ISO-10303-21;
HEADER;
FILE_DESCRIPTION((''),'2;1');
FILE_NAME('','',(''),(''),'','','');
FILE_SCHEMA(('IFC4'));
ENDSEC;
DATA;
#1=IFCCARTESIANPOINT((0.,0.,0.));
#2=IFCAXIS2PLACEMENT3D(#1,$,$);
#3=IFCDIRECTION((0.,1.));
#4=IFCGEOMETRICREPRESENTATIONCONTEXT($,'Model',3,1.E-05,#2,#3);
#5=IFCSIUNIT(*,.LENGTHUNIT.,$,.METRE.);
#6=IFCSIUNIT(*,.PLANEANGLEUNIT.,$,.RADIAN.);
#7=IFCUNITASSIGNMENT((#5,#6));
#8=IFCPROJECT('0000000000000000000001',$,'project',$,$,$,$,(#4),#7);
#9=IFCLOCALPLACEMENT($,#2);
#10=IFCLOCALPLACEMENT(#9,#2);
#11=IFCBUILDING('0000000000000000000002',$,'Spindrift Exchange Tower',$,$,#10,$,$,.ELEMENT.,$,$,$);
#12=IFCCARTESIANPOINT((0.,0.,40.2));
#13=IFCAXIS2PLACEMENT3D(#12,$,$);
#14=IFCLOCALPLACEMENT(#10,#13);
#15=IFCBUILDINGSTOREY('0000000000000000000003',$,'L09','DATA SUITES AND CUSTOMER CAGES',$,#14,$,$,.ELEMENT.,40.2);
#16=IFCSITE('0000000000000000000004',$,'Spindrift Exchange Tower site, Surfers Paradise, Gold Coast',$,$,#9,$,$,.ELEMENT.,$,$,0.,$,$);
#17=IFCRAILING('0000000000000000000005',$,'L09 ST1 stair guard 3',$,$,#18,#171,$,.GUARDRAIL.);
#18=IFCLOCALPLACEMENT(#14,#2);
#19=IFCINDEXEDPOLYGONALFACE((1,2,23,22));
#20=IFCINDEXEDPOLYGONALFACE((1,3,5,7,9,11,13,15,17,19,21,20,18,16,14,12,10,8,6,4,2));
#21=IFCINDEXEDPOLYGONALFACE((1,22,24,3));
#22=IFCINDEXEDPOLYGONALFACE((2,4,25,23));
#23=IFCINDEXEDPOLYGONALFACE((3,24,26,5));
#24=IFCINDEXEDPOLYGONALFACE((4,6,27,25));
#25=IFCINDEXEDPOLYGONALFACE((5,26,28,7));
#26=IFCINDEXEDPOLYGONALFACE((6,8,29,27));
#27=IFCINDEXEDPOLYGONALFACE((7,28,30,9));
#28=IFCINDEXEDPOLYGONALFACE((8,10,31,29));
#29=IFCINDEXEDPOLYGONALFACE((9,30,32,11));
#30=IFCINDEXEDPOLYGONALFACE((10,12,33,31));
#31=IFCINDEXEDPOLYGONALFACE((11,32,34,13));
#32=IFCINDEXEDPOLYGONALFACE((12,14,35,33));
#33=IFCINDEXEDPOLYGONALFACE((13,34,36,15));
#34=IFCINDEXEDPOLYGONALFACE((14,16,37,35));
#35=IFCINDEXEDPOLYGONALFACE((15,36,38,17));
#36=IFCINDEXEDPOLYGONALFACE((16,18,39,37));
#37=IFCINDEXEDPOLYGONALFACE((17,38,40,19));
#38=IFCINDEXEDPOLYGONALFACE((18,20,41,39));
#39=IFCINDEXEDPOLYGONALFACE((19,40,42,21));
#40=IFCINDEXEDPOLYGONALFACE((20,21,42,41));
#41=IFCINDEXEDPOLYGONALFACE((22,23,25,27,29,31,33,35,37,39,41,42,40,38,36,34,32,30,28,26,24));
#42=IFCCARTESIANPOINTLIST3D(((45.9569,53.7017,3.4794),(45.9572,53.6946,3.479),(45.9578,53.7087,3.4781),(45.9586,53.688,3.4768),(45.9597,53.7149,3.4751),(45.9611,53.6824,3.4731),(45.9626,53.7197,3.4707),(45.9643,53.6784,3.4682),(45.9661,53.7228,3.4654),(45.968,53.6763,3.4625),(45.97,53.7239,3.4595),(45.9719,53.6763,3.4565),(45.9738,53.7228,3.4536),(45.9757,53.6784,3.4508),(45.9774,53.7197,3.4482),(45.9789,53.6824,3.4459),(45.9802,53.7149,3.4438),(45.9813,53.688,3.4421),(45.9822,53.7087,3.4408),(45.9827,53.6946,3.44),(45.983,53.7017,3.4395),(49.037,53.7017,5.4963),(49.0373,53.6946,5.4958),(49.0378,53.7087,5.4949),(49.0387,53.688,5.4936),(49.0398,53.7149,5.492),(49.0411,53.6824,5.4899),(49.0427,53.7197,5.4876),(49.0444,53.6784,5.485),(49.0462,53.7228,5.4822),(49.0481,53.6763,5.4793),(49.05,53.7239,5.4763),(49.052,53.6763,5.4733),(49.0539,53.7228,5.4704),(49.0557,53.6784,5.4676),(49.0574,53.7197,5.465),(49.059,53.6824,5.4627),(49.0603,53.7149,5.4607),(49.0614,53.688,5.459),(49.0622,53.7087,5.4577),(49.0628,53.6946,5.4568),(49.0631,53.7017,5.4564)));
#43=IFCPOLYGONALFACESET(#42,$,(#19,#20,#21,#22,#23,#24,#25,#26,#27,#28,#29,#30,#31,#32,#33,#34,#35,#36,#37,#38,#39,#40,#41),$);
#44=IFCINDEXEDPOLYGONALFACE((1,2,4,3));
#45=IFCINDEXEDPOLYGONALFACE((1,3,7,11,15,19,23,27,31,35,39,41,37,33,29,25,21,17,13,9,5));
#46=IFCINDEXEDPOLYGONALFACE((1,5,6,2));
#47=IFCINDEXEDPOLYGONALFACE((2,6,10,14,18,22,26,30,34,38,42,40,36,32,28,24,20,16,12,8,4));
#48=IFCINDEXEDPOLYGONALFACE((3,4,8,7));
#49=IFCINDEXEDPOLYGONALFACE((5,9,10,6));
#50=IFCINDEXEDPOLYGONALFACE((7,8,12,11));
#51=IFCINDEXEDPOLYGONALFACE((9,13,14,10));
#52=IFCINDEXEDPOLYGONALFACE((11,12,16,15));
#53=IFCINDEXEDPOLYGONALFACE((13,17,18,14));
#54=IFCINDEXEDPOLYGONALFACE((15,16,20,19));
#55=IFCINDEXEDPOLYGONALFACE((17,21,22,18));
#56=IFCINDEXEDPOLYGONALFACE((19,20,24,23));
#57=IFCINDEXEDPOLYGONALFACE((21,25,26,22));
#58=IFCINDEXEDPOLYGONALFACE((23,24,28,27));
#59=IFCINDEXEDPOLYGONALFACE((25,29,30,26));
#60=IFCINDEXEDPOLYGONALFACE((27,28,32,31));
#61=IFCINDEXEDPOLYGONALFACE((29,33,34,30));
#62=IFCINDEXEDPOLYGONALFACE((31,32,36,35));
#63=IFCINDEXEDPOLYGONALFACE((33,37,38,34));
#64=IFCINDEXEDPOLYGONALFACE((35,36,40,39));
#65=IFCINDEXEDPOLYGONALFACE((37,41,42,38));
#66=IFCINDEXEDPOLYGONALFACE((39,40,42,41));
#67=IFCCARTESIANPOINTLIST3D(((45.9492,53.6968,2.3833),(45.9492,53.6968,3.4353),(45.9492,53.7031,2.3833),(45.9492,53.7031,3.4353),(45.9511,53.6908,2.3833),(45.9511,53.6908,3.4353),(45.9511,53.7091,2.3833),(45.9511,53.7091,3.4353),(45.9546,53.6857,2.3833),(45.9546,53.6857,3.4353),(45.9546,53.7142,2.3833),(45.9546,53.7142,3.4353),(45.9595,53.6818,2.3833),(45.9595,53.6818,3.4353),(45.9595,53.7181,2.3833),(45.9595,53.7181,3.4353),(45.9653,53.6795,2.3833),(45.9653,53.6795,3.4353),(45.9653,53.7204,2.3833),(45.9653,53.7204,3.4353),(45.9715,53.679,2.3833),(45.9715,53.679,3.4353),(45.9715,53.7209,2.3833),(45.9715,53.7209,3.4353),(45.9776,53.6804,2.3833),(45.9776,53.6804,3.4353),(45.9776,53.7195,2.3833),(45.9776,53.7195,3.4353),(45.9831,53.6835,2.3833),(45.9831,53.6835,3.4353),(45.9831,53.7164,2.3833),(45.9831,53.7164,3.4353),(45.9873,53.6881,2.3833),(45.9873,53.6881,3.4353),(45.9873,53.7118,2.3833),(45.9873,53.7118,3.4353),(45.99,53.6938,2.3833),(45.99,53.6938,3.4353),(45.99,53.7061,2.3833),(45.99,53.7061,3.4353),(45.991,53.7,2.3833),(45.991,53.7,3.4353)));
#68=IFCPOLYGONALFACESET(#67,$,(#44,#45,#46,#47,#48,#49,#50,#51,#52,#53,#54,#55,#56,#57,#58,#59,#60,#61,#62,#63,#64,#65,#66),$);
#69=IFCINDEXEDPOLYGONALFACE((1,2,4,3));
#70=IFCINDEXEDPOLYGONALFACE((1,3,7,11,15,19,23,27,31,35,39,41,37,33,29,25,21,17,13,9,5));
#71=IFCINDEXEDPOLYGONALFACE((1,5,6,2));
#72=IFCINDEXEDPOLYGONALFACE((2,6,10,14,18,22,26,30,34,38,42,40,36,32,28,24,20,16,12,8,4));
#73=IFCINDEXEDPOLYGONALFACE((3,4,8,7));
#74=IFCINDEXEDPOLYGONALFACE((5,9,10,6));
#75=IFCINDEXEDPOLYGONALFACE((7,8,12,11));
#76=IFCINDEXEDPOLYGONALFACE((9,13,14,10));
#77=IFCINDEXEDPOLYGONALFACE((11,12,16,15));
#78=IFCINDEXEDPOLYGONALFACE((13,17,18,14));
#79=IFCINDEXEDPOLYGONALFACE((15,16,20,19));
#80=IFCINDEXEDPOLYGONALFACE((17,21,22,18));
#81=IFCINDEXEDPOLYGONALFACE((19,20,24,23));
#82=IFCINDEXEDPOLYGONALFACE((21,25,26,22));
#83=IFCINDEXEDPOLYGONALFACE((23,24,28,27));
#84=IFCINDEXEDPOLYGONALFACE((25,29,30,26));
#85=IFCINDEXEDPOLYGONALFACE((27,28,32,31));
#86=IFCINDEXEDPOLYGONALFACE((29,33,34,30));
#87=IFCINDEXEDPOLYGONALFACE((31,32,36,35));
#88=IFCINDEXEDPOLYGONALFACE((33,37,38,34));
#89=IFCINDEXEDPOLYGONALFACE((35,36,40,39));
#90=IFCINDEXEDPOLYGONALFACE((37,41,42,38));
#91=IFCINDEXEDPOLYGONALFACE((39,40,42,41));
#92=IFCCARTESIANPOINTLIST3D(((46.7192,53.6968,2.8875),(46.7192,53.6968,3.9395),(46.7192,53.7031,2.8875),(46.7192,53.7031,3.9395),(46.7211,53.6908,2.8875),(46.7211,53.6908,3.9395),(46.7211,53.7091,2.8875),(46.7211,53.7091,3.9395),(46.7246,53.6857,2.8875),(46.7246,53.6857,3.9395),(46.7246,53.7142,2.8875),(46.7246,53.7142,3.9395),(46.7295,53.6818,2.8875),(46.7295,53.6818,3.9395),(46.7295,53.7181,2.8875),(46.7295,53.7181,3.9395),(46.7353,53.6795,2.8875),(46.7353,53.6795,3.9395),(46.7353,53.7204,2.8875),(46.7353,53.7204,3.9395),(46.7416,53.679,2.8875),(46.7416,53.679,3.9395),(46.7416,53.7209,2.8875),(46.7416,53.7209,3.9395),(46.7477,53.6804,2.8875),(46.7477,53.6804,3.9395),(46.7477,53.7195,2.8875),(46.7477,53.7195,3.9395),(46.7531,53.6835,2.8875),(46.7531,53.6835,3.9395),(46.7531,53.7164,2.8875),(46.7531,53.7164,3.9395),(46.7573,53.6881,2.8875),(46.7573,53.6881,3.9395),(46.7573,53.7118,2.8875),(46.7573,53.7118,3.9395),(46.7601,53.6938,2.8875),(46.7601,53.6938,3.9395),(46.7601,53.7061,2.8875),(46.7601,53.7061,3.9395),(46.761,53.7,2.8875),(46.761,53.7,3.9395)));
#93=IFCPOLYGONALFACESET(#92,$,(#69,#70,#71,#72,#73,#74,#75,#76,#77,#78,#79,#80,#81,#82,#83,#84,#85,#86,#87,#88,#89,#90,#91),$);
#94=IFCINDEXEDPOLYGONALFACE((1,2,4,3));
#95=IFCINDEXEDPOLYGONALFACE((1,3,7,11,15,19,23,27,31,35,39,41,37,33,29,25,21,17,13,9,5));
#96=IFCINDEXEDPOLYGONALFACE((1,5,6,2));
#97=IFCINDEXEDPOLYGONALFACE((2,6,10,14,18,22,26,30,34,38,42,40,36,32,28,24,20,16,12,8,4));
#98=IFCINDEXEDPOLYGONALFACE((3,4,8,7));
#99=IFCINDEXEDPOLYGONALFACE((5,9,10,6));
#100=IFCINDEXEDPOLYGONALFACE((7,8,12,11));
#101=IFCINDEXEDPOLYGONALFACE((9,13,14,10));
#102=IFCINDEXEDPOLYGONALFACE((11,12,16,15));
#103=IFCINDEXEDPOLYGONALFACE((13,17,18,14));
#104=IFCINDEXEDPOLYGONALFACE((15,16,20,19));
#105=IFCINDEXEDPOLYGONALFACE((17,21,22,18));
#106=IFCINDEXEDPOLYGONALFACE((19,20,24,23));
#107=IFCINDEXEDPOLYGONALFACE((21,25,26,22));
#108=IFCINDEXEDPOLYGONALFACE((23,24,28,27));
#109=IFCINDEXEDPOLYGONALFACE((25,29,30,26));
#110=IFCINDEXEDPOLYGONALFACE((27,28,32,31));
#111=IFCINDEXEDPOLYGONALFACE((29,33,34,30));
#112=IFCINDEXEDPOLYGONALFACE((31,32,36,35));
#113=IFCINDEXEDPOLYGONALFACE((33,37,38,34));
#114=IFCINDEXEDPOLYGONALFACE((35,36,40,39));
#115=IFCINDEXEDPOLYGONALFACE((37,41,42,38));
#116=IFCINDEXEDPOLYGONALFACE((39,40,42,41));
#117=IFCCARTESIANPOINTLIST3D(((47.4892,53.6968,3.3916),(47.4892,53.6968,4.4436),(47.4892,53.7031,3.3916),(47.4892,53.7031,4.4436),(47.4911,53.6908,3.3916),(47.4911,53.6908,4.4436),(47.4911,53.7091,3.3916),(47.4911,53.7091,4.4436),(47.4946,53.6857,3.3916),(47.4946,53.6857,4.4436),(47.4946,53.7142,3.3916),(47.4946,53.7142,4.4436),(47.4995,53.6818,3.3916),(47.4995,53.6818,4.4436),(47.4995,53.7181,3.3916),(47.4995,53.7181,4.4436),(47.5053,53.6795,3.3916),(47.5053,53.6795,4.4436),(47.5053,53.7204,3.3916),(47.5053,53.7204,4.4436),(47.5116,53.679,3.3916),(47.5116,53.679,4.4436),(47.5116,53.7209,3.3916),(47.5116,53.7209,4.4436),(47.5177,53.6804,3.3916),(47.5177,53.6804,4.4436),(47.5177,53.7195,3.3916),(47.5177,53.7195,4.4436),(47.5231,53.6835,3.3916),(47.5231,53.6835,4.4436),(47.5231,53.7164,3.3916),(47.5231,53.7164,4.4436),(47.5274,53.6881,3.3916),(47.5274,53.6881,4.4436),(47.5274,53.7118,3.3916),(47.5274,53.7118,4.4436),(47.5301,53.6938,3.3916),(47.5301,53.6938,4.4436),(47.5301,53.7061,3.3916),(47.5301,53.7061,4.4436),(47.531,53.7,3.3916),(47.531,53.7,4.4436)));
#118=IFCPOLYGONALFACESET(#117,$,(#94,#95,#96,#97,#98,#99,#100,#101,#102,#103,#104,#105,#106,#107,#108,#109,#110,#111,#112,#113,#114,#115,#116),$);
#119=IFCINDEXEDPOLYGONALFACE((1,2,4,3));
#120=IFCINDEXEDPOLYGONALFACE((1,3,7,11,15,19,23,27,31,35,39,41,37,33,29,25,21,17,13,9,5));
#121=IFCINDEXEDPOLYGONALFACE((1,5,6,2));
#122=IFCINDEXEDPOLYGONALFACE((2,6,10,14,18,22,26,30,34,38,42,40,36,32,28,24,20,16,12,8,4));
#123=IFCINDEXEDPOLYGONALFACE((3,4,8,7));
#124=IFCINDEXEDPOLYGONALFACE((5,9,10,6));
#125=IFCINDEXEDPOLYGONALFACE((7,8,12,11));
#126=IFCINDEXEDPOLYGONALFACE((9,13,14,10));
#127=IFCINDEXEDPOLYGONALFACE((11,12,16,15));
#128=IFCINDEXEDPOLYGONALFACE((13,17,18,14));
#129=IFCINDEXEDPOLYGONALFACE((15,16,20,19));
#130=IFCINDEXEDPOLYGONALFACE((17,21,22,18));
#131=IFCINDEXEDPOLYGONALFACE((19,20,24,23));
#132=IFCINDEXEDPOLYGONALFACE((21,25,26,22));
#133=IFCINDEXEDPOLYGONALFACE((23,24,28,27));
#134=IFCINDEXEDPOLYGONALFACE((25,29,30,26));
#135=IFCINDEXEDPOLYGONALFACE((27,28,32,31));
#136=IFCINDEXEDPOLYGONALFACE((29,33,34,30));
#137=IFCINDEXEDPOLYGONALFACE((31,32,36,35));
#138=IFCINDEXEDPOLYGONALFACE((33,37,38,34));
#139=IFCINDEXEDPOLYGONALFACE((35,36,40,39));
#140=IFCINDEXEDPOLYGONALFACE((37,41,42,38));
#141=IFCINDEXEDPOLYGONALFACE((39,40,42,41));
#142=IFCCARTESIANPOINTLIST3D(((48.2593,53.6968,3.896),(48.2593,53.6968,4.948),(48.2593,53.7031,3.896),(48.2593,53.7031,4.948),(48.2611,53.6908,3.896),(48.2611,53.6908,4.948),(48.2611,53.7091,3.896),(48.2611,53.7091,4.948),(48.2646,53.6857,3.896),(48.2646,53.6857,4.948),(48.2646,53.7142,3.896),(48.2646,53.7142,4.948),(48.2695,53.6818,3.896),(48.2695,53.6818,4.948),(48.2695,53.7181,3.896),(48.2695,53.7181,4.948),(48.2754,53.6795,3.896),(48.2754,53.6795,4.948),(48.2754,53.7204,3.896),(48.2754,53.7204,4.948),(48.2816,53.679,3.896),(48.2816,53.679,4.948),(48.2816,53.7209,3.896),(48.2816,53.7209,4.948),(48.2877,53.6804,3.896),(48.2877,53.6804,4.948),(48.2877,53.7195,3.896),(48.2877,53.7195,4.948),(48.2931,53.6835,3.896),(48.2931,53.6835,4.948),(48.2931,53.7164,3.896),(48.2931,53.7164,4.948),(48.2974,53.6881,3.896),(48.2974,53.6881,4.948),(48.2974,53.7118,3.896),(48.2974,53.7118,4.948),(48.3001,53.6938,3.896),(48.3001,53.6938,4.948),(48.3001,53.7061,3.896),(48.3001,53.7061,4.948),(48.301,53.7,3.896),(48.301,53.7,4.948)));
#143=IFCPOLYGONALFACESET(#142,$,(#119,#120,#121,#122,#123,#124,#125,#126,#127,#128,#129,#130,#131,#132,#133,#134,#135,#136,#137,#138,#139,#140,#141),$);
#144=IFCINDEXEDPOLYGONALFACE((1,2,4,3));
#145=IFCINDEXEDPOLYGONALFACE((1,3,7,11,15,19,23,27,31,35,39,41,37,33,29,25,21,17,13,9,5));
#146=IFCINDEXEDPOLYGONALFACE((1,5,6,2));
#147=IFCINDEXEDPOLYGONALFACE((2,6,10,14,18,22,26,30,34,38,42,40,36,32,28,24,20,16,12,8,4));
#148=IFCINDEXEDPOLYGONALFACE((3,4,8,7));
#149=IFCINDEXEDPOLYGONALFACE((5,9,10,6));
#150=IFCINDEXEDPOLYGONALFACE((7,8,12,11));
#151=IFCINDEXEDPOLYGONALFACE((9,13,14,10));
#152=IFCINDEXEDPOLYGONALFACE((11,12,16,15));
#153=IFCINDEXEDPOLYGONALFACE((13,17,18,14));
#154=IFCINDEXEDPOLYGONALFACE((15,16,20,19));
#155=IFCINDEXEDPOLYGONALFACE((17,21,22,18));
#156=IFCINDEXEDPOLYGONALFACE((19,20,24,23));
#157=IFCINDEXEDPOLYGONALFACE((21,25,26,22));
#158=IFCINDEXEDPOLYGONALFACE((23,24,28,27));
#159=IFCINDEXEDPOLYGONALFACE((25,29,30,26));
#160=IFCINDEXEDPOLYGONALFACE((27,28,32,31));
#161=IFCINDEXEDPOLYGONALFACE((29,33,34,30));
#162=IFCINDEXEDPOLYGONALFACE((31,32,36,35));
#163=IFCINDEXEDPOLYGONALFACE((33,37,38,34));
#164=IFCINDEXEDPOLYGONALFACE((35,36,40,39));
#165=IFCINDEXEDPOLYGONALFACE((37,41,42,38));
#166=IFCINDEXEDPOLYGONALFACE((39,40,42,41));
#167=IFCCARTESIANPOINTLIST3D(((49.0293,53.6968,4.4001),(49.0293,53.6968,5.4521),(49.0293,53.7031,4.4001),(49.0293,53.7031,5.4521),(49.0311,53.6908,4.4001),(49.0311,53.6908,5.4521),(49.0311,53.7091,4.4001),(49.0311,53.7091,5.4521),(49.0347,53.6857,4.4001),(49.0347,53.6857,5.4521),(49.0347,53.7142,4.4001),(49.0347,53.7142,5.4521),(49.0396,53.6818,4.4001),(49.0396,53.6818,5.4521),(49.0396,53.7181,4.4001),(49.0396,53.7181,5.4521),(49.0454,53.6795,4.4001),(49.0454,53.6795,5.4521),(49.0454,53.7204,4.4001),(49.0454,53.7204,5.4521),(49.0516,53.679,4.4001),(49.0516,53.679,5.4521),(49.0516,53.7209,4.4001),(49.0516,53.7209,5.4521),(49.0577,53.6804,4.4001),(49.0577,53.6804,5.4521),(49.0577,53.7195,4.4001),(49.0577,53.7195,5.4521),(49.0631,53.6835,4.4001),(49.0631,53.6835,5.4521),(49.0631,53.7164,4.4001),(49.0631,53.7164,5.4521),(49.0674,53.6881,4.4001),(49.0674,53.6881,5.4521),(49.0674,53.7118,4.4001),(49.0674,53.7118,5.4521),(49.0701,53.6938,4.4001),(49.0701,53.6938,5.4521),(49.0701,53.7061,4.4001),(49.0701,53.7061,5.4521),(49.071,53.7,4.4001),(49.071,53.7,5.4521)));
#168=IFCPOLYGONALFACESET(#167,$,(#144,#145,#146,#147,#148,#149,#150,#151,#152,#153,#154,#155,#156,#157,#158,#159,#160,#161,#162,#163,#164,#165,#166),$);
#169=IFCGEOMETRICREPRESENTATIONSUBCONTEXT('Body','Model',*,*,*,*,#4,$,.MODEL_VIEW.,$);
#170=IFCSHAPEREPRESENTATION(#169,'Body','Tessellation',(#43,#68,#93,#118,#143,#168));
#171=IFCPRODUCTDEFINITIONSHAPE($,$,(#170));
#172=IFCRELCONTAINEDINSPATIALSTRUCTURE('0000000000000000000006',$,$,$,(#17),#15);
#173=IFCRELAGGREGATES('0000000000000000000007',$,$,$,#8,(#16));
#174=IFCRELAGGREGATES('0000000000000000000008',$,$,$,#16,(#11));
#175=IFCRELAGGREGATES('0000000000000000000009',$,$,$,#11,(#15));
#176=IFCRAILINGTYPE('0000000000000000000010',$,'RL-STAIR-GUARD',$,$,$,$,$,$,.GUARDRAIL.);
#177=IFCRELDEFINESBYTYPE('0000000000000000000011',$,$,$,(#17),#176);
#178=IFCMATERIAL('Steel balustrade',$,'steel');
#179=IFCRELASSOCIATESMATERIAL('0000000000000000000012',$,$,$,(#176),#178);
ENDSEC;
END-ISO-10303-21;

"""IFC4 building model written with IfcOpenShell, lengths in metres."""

from ifc_helpers import new_model, si_unit, direction, frame, origin, origin_2d, place, context, subcontext, project, spatial, circle, extrude, material, type_object, element, save


model = new_model("IFC4")

# Units and contexts
model_context = context("Model", 3, precision=1e-05, world=origin(), true_north=direction((0.0, 1.0)))
body_context = subcontext(model_context, "Body", "Model", "MODEL_VIEW")
ifc_project = project(units=[si_unit("LENGTHUNIT", "METRE"), si_unit("PLANEANGLEUNIT", "RADIAN")], contexts=[model_context])

# Site, building, storey
site_placement = place(None, origin())
site = spatial("IfcSite", under=ifc_project, at=site_placement, Name="Spindrift Exchange Tower site, Surfers Paradise, Gold Coast", CompositionType="ELEMENT", RefElevation=0.0)
building_placement = place(site_placement, origin())
building = spatial("IfcBuilding", under=site, at=building_placement, Name="Spindrift Exchange Tower", CompositionType="ELEMENT")
storey_placement = place(building_placement, frame((0.0, 0.0, 40.2)))
storey = spatial("IfcBuildingStorey", under=building, at=storey_placement, Name="L09", Description="DATA SUITES AND CUSTOMER CAGES", CompositionType="ELEMENT", Elevation=40.2)

# Railing
ifc_material_1 = material(Name="Steel balustrade", Category="steel")
railing_type_1 = type_object("IfcRailingType", Name="RL-STAIR-GUARD", PredefinedType="GUARDRAIL", material=ifc_material_1)
railing_1_placement = place(storey_placement, frame((45.97, 53.7, 2.3833)))
element("IfcRailing", 1, at=railing_1_placement, inside=storey, type_object=railing_type_1, Name="L09 ST1 stair guard 3", PredefinedType="GUARDRAIL", context=body_context, shape_type="SweptSolid", body=[
    extrude(circle(Radius=0.0239, at=origin_2d()), frame((0.0, 0.0, 1.0762), z_axis=(0.836603, 0.0, 0.54781), x_axis=(0.0, 1.0, 0.0)), (0.0, 0.0, 1.0), 3.6816),
    extrude(circle(Radius=0.021, at=origin_2d()), origin(), (0.0, 0.0, 1.0), 1.052),
    extrude(circle(Radius=0.021, at=origin_2d()), frame((0.77, 0.0, 0.5042)), (0.0, 0.0, 1.0), 1.052),
    extrude(circle(Radius=0.021, at=origin_2d()), frame((1.54, 0.0, 1.0083)), (0.0, 0.0, 1.0), 1.052),
    extrude(circle(Radius=0.021, at=origin_2d()), frame((2.3101, 0.0, 1.5127)), (0.0, 0.0, 1.0), 1.052),
    extrude(circle(Radius=0.021, at=origin_2d()), frame((3.0801, 0.0, 2.0168)), (0.0, 0.0, 1.0), 1.052),
])

save(model, "model.ifc")
